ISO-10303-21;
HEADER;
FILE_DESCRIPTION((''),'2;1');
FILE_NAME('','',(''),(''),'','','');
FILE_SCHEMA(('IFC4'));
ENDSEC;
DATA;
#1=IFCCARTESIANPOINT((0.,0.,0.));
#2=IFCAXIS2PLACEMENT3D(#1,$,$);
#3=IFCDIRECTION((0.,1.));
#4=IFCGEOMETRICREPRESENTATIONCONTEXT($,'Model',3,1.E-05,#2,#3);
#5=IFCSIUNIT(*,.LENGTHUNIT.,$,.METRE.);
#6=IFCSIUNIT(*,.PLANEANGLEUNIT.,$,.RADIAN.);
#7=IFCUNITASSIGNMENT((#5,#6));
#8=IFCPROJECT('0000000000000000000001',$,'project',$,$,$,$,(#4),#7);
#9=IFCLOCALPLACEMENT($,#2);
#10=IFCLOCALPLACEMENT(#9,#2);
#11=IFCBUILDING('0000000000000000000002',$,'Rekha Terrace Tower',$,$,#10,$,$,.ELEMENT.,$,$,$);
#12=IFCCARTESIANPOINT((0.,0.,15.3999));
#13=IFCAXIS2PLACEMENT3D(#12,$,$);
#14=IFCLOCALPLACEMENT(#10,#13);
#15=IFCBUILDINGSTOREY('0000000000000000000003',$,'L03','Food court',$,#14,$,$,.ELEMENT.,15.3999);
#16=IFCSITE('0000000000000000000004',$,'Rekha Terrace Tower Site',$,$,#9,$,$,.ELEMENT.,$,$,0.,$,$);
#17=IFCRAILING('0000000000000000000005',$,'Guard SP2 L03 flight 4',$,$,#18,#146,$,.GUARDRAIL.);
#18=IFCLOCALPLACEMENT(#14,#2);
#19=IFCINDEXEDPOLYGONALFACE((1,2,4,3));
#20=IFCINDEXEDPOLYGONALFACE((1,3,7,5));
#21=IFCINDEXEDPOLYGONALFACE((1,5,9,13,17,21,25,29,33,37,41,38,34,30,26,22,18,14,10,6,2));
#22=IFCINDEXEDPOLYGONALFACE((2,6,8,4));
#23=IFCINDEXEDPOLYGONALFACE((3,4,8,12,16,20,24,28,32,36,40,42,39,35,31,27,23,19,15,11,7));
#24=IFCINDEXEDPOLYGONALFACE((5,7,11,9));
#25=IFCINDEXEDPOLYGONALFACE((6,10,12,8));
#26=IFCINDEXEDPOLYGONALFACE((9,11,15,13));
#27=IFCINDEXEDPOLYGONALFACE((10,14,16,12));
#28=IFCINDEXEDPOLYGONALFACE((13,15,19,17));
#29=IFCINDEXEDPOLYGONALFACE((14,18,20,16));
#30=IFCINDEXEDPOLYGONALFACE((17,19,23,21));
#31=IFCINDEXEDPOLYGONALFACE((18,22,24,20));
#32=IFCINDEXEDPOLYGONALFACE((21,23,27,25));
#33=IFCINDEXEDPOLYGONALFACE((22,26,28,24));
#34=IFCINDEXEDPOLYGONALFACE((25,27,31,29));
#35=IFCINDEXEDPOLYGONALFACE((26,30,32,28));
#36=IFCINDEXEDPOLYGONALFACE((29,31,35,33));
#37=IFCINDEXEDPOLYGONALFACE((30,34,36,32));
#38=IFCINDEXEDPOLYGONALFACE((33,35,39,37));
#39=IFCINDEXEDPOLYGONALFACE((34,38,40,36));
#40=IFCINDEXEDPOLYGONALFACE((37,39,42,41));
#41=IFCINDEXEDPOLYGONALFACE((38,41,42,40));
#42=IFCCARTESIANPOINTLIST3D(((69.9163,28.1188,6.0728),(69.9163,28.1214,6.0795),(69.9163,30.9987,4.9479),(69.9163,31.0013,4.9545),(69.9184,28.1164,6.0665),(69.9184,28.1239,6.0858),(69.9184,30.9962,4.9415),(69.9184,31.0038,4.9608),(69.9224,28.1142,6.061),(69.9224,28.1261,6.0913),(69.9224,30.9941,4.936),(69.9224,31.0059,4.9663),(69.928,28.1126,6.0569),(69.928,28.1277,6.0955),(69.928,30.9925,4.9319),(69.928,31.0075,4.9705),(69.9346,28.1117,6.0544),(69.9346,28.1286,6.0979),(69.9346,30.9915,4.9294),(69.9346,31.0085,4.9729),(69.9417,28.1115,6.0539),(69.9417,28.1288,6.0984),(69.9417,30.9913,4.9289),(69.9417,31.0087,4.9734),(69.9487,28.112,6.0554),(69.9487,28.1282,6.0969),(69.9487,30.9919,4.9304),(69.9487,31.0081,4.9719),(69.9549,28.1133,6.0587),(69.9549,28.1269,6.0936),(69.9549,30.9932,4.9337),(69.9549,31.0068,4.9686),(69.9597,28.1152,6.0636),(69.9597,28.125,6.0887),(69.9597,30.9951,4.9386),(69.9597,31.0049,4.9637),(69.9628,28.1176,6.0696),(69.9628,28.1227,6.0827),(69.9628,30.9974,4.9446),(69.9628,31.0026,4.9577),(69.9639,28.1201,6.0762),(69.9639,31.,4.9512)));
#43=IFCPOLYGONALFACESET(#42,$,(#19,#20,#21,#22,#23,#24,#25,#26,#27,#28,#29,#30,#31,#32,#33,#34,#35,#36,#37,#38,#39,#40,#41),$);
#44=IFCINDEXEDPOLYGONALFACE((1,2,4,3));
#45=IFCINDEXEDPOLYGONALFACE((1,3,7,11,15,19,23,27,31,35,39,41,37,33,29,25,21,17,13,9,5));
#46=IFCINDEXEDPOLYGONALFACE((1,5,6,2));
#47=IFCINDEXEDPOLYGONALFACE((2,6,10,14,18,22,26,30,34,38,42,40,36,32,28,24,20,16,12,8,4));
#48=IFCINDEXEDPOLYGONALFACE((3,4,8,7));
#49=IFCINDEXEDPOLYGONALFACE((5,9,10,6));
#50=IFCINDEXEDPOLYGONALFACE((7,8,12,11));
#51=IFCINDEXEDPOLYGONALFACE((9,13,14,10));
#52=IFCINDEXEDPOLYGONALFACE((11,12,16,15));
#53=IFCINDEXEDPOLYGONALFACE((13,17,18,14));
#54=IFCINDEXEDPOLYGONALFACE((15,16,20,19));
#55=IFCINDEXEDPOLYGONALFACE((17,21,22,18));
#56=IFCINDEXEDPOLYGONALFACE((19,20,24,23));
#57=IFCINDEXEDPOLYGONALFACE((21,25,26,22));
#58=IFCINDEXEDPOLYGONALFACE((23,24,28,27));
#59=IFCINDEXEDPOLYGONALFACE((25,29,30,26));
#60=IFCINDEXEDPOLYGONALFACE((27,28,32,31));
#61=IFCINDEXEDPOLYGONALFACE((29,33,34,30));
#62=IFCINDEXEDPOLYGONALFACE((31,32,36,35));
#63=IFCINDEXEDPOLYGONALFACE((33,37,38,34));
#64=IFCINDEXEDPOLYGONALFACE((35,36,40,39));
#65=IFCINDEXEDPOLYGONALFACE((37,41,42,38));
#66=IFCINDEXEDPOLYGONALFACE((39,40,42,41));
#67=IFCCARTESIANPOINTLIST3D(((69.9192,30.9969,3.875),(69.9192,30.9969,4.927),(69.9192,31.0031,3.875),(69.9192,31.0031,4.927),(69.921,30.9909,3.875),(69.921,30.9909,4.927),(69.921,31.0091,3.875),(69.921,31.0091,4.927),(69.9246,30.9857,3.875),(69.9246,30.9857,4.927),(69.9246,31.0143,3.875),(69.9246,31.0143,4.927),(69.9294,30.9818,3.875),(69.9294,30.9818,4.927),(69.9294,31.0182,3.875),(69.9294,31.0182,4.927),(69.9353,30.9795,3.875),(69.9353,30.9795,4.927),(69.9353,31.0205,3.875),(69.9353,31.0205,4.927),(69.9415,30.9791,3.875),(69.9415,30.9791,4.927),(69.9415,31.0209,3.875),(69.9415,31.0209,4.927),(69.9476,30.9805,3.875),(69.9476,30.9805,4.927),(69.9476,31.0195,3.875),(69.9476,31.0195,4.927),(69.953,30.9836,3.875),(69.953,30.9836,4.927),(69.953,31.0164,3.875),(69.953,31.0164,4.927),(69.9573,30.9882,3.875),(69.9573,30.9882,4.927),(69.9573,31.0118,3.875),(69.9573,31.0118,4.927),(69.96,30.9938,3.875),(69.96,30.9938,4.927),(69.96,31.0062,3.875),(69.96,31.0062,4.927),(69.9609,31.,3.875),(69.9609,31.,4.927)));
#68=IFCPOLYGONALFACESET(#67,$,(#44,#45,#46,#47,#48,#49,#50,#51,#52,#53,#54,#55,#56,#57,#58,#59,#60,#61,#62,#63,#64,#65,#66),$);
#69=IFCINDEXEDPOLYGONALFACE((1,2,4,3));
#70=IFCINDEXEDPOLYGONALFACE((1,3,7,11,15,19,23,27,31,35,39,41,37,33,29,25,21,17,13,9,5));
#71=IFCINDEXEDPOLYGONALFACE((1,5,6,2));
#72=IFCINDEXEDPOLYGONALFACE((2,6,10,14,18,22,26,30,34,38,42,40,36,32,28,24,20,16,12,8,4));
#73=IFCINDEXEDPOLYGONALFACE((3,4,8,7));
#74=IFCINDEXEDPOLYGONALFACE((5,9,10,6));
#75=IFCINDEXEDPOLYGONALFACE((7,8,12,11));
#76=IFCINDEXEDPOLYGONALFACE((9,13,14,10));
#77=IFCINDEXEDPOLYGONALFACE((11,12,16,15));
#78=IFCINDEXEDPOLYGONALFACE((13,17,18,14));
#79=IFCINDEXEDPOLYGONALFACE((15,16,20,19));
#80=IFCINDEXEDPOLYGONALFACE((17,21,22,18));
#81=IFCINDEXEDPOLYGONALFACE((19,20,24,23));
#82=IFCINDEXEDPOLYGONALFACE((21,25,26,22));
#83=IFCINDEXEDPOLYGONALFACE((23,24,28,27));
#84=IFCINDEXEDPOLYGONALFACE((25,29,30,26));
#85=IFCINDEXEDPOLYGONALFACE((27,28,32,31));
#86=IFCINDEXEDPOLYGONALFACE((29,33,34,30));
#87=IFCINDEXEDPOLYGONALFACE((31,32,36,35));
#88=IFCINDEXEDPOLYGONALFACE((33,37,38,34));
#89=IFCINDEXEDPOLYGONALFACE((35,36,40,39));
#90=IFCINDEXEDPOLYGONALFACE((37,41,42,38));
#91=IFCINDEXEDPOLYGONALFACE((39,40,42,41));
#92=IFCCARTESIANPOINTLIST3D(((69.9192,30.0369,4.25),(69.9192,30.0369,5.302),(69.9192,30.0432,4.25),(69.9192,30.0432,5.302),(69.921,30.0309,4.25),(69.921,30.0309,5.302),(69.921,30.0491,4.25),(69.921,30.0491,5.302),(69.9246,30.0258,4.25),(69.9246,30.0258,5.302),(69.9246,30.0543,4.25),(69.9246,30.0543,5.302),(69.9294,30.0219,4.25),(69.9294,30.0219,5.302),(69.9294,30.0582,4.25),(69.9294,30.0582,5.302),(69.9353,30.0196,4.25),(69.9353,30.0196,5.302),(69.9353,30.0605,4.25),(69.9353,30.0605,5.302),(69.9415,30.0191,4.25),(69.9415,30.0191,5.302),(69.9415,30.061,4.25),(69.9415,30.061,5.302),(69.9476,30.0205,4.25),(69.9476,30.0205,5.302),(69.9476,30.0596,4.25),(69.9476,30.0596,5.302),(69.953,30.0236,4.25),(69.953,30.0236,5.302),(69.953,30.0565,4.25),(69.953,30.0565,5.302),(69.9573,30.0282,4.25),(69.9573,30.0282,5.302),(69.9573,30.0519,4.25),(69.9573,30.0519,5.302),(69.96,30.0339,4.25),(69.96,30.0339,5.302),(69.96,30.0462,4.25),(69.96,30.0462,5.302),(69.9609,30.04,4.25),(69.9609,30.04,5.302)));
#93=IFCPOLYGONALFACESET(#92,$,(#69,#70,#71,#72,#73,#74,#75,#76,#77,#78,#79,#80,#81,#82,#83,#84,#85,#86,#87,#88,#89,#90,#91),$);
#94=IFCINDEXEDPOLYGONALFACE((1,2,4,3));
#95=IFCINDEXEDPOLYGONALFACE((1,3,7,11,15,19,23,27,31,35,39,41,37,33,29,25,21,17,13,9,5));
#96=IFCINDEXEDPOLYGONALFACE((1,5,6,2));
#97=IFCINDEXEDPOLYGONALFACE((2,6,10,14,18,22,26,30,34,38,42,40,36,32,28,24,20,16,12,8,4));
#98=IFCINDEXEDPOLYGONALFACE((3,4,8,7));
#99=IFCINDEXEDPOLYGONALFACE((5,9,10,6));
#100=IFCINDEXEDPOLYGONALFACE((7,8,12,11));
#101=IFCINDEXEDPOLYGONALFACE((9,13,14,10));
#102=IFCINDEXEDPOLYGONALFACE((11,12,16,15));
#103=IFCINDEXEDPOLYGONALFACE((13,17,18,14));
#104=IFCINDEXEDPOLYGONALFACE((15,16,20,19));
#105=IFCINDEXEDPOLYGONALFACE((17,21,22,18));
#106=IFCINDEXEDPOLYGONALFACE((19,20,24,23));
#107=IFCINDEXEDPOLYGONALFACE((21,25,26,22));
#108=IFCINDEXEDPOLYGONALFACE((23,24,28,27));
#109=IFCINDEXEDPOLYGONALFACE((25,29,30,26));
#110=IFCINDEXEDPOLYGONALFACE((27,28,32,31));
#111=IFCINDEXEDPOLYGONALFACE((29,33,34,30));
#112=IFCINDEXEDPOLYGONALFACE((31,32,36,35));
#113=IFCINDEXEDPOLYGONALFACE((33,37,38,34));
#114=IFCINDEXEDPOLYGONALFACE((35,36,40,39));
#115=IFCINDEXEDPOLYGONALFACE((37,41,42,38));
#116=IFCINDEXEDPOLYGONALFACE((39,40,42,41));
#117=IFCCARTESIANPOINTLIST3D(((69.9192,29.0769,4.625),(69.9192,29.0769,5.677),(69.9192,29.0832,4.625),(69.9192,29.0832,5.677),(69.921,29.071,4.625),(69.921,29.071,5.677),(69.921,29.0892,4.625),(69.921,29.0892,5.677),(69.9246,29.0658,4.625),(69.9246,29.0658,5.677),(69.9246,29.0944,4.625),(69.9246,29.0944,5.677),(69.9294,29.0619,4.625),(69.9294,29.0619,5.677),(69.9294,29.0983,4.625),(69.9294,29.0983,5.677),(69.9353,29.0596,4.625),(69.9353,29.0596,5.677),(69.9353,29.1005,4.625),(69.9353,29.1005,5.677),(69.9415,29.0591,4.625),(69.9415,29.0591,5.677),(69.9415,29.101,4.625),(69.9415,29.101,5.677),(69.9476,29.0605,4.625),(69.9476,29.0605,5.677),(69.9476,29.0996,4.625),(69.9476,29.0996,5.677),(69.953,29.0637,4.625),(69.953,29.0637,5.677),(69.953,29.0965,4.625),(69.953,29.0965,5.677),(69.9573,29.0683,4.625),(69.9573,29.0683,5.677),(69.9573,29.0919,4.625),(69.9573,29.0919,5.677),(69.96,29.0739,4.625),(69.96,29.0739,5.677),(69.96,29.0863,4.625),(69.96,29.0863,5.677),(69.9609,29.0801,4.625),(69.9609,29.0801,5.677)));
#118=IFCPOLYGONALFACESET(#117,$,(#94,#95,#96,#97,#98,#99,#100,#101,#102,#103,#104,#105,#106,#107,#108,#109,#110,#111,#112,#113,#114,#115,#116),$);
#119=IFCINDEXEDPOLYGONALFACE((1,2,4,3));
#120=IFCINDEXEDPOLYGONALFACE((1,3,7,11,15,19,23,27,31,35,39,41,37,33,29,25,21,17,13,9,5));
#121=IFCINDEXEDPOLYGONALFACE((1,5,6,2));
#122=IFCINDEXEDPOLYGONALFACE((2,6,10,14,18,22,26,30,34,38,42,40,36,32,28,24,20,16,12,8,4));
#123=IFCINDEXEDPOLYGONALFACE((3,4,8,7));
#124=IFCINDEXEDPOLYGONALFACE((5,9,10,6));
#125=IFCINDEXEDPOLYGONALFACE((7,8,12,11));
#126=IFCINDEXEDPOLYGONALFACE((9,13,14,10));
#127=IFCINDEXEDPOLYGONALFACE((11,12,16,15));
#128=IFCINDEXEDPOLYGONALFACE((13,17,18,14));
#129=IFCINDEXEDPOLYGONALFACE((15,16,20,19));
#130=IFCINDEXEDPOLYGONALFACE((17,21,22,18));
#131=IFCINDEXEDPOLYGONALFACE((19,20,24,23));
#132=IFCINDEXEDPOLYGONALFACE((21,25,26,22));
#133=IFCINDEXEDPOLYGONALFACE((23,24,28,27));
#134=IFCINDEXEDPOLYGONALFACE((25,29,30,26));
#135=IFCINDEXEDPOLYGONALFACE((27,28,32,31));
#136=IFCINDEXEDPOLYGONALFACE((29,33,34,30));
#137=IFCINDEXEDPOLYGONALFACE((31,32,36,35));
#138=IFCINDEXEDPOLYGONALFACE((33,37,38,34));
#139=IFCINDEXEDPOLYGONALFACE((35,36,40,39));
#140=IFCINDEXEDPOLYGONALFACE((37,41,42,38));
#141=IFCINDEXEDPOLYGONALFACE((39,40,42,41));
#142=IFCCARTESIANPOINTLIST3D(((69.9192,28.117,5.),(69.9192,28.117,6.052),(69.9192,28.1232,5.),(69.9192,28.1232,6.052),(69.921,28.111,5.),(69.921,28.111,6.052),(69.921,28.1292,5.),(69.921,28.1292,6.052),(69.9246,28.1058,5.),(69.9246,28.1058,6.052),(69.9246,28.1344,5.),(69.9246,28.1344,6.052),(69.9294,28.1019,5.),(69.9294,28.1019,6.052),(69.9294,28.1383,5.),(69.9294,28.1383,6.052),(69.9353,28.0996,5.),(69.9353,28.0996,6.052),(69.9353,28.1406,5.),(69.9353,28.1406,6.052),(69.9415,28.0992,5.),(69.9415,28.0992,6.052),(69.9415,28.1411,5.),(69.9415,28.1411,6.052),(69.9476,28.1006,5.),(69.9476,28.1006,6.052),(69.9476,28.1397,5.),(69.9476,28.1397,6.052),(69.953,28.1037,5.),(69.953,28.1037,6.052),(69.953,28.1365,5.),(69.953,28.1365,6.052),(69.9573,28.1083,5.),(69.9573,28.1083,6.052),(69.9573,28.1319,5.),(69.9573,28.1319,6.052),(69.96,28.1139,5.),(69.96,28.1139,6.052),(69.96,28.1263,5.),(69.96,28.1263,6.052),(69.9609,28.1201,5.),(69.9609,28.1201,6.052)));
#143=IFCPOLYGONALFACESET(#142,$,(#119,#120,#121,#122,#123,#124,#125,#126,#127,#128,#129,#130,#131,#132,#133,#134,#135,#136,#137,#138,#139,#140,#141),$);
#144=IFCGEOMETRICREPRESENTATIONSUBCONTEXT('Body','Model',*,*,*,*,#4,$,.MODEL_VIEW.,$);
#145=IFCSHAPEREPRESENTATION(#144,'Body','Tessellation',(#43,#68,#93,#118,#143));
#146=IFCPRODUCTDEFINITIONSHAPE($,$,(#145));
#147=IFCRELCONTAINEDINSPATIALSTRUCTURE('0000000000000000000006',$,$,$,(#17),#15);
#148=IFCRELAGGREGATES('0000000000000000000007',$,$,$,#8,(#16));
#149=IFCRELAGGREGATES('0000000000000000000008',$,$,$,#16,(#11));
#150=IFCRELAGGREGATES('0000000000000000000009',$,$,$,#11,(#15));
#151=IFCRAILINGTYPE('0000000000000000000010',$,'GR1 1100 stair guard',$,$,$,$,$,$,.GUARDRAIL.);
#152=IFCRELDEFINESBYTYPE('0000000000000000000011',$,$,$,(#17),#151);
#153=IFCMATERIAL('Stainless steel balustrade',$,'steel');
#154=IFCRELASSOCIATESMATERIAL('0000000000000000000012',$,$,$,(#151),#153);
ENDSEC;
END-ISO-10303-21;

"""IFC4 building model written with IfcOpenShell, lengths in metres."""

from ifc_helpers import new_model, si_unit, direction, frame, origin, origin_2d, place, context, subcontext, project, spatial, circle, extrude, material, type_object, element, save


model = new_model("IFC4")

# Units and contexts
model_context = context("Model", 3, precision=1e-05, world=origin(), true_north=direction((0.0, 1.0)))
body_context = subcontext(model_context, "Body", "Model", "MODEL_VIEW")
ifc_project = project(units=[si_unit("LENGTHUNIT", "METRE"), si_unit("PLANEANGLEUNIT", "RADIAN")], contexts=[model_context])

# Site, building, storey
site_placement = place(None, origin())
site = spatial("IfcSite", under=ifc_project, at=site_placement, Name="Rekha Terrace Tower Site", CompositionType="ELEMENT", RefElevation=0.0)
building_placement = place(site_placement, origin())
building = spatial("IfcBuilding", under=site, at=building_placement, Name="Rekha Terrace Tower", CompositionType="ELEMENT")
storey_placement = place(building_placement, frame((0.0, 0.0, 15.3999)))
storey = spatial("IfcBuildingStorey", under=building, at=storey_placement, Name="L03", Description="Food court", CompositionType="ELEMENT", Elevation=15.3999)

# Railing
ifc_material_1 = material(Name="Stainless steel balustrade", Category="steel")
railing_type_1 = type_object("IfcRailingType", Name="GR1 1100 stair guard", PredefinedType="GUARDRAIL", material=ifc_material_1)
railing_1_placement = place(storey_placement, frame((69.9399, 31.0, 3.875)))
element("IfcRailing", 1, at=railing_1_placement, inside=storey, type_object=railing_type_1, Name="Guard SP2 L03 flight 4", PredefinedType="GUARDRAIL", context=body_context, shape_type="SweptSolid", body=[
    extrude(circle(Radius=0.0239, at=origin_2d()), frame((0.0, 0.0, 1.0762), z_axis=(0.0, -0.931452, 0.363863), x_axis=(1.0, 0.0, 0.0)), (0.0, 0.0, 1.0), 3.0918),
    extrude(circle(Radius=0.021, at=origin_2d()), origin(), (0.0, 0.0, 1.0), 1.052),
    extrude(circle(Radius=0.021, at=origin_2d()), frame((0.0, -0.96, 0.375)), (0.0, 0.0, 1.0), 1.052),
    extrude(circle(Radius=0.021, at=origin_2d()), frame((0.0, -1.9199, 0.75)), (0.0, 0.0, 1.0), 1.052),
    extrude(circle(Radius=0.021, at=origin_2d()), frame((0.0, -2.8799, 1.125)), (0.0, 0.0, 1.0), 1.052),
])

save(model, "model.ifc")
